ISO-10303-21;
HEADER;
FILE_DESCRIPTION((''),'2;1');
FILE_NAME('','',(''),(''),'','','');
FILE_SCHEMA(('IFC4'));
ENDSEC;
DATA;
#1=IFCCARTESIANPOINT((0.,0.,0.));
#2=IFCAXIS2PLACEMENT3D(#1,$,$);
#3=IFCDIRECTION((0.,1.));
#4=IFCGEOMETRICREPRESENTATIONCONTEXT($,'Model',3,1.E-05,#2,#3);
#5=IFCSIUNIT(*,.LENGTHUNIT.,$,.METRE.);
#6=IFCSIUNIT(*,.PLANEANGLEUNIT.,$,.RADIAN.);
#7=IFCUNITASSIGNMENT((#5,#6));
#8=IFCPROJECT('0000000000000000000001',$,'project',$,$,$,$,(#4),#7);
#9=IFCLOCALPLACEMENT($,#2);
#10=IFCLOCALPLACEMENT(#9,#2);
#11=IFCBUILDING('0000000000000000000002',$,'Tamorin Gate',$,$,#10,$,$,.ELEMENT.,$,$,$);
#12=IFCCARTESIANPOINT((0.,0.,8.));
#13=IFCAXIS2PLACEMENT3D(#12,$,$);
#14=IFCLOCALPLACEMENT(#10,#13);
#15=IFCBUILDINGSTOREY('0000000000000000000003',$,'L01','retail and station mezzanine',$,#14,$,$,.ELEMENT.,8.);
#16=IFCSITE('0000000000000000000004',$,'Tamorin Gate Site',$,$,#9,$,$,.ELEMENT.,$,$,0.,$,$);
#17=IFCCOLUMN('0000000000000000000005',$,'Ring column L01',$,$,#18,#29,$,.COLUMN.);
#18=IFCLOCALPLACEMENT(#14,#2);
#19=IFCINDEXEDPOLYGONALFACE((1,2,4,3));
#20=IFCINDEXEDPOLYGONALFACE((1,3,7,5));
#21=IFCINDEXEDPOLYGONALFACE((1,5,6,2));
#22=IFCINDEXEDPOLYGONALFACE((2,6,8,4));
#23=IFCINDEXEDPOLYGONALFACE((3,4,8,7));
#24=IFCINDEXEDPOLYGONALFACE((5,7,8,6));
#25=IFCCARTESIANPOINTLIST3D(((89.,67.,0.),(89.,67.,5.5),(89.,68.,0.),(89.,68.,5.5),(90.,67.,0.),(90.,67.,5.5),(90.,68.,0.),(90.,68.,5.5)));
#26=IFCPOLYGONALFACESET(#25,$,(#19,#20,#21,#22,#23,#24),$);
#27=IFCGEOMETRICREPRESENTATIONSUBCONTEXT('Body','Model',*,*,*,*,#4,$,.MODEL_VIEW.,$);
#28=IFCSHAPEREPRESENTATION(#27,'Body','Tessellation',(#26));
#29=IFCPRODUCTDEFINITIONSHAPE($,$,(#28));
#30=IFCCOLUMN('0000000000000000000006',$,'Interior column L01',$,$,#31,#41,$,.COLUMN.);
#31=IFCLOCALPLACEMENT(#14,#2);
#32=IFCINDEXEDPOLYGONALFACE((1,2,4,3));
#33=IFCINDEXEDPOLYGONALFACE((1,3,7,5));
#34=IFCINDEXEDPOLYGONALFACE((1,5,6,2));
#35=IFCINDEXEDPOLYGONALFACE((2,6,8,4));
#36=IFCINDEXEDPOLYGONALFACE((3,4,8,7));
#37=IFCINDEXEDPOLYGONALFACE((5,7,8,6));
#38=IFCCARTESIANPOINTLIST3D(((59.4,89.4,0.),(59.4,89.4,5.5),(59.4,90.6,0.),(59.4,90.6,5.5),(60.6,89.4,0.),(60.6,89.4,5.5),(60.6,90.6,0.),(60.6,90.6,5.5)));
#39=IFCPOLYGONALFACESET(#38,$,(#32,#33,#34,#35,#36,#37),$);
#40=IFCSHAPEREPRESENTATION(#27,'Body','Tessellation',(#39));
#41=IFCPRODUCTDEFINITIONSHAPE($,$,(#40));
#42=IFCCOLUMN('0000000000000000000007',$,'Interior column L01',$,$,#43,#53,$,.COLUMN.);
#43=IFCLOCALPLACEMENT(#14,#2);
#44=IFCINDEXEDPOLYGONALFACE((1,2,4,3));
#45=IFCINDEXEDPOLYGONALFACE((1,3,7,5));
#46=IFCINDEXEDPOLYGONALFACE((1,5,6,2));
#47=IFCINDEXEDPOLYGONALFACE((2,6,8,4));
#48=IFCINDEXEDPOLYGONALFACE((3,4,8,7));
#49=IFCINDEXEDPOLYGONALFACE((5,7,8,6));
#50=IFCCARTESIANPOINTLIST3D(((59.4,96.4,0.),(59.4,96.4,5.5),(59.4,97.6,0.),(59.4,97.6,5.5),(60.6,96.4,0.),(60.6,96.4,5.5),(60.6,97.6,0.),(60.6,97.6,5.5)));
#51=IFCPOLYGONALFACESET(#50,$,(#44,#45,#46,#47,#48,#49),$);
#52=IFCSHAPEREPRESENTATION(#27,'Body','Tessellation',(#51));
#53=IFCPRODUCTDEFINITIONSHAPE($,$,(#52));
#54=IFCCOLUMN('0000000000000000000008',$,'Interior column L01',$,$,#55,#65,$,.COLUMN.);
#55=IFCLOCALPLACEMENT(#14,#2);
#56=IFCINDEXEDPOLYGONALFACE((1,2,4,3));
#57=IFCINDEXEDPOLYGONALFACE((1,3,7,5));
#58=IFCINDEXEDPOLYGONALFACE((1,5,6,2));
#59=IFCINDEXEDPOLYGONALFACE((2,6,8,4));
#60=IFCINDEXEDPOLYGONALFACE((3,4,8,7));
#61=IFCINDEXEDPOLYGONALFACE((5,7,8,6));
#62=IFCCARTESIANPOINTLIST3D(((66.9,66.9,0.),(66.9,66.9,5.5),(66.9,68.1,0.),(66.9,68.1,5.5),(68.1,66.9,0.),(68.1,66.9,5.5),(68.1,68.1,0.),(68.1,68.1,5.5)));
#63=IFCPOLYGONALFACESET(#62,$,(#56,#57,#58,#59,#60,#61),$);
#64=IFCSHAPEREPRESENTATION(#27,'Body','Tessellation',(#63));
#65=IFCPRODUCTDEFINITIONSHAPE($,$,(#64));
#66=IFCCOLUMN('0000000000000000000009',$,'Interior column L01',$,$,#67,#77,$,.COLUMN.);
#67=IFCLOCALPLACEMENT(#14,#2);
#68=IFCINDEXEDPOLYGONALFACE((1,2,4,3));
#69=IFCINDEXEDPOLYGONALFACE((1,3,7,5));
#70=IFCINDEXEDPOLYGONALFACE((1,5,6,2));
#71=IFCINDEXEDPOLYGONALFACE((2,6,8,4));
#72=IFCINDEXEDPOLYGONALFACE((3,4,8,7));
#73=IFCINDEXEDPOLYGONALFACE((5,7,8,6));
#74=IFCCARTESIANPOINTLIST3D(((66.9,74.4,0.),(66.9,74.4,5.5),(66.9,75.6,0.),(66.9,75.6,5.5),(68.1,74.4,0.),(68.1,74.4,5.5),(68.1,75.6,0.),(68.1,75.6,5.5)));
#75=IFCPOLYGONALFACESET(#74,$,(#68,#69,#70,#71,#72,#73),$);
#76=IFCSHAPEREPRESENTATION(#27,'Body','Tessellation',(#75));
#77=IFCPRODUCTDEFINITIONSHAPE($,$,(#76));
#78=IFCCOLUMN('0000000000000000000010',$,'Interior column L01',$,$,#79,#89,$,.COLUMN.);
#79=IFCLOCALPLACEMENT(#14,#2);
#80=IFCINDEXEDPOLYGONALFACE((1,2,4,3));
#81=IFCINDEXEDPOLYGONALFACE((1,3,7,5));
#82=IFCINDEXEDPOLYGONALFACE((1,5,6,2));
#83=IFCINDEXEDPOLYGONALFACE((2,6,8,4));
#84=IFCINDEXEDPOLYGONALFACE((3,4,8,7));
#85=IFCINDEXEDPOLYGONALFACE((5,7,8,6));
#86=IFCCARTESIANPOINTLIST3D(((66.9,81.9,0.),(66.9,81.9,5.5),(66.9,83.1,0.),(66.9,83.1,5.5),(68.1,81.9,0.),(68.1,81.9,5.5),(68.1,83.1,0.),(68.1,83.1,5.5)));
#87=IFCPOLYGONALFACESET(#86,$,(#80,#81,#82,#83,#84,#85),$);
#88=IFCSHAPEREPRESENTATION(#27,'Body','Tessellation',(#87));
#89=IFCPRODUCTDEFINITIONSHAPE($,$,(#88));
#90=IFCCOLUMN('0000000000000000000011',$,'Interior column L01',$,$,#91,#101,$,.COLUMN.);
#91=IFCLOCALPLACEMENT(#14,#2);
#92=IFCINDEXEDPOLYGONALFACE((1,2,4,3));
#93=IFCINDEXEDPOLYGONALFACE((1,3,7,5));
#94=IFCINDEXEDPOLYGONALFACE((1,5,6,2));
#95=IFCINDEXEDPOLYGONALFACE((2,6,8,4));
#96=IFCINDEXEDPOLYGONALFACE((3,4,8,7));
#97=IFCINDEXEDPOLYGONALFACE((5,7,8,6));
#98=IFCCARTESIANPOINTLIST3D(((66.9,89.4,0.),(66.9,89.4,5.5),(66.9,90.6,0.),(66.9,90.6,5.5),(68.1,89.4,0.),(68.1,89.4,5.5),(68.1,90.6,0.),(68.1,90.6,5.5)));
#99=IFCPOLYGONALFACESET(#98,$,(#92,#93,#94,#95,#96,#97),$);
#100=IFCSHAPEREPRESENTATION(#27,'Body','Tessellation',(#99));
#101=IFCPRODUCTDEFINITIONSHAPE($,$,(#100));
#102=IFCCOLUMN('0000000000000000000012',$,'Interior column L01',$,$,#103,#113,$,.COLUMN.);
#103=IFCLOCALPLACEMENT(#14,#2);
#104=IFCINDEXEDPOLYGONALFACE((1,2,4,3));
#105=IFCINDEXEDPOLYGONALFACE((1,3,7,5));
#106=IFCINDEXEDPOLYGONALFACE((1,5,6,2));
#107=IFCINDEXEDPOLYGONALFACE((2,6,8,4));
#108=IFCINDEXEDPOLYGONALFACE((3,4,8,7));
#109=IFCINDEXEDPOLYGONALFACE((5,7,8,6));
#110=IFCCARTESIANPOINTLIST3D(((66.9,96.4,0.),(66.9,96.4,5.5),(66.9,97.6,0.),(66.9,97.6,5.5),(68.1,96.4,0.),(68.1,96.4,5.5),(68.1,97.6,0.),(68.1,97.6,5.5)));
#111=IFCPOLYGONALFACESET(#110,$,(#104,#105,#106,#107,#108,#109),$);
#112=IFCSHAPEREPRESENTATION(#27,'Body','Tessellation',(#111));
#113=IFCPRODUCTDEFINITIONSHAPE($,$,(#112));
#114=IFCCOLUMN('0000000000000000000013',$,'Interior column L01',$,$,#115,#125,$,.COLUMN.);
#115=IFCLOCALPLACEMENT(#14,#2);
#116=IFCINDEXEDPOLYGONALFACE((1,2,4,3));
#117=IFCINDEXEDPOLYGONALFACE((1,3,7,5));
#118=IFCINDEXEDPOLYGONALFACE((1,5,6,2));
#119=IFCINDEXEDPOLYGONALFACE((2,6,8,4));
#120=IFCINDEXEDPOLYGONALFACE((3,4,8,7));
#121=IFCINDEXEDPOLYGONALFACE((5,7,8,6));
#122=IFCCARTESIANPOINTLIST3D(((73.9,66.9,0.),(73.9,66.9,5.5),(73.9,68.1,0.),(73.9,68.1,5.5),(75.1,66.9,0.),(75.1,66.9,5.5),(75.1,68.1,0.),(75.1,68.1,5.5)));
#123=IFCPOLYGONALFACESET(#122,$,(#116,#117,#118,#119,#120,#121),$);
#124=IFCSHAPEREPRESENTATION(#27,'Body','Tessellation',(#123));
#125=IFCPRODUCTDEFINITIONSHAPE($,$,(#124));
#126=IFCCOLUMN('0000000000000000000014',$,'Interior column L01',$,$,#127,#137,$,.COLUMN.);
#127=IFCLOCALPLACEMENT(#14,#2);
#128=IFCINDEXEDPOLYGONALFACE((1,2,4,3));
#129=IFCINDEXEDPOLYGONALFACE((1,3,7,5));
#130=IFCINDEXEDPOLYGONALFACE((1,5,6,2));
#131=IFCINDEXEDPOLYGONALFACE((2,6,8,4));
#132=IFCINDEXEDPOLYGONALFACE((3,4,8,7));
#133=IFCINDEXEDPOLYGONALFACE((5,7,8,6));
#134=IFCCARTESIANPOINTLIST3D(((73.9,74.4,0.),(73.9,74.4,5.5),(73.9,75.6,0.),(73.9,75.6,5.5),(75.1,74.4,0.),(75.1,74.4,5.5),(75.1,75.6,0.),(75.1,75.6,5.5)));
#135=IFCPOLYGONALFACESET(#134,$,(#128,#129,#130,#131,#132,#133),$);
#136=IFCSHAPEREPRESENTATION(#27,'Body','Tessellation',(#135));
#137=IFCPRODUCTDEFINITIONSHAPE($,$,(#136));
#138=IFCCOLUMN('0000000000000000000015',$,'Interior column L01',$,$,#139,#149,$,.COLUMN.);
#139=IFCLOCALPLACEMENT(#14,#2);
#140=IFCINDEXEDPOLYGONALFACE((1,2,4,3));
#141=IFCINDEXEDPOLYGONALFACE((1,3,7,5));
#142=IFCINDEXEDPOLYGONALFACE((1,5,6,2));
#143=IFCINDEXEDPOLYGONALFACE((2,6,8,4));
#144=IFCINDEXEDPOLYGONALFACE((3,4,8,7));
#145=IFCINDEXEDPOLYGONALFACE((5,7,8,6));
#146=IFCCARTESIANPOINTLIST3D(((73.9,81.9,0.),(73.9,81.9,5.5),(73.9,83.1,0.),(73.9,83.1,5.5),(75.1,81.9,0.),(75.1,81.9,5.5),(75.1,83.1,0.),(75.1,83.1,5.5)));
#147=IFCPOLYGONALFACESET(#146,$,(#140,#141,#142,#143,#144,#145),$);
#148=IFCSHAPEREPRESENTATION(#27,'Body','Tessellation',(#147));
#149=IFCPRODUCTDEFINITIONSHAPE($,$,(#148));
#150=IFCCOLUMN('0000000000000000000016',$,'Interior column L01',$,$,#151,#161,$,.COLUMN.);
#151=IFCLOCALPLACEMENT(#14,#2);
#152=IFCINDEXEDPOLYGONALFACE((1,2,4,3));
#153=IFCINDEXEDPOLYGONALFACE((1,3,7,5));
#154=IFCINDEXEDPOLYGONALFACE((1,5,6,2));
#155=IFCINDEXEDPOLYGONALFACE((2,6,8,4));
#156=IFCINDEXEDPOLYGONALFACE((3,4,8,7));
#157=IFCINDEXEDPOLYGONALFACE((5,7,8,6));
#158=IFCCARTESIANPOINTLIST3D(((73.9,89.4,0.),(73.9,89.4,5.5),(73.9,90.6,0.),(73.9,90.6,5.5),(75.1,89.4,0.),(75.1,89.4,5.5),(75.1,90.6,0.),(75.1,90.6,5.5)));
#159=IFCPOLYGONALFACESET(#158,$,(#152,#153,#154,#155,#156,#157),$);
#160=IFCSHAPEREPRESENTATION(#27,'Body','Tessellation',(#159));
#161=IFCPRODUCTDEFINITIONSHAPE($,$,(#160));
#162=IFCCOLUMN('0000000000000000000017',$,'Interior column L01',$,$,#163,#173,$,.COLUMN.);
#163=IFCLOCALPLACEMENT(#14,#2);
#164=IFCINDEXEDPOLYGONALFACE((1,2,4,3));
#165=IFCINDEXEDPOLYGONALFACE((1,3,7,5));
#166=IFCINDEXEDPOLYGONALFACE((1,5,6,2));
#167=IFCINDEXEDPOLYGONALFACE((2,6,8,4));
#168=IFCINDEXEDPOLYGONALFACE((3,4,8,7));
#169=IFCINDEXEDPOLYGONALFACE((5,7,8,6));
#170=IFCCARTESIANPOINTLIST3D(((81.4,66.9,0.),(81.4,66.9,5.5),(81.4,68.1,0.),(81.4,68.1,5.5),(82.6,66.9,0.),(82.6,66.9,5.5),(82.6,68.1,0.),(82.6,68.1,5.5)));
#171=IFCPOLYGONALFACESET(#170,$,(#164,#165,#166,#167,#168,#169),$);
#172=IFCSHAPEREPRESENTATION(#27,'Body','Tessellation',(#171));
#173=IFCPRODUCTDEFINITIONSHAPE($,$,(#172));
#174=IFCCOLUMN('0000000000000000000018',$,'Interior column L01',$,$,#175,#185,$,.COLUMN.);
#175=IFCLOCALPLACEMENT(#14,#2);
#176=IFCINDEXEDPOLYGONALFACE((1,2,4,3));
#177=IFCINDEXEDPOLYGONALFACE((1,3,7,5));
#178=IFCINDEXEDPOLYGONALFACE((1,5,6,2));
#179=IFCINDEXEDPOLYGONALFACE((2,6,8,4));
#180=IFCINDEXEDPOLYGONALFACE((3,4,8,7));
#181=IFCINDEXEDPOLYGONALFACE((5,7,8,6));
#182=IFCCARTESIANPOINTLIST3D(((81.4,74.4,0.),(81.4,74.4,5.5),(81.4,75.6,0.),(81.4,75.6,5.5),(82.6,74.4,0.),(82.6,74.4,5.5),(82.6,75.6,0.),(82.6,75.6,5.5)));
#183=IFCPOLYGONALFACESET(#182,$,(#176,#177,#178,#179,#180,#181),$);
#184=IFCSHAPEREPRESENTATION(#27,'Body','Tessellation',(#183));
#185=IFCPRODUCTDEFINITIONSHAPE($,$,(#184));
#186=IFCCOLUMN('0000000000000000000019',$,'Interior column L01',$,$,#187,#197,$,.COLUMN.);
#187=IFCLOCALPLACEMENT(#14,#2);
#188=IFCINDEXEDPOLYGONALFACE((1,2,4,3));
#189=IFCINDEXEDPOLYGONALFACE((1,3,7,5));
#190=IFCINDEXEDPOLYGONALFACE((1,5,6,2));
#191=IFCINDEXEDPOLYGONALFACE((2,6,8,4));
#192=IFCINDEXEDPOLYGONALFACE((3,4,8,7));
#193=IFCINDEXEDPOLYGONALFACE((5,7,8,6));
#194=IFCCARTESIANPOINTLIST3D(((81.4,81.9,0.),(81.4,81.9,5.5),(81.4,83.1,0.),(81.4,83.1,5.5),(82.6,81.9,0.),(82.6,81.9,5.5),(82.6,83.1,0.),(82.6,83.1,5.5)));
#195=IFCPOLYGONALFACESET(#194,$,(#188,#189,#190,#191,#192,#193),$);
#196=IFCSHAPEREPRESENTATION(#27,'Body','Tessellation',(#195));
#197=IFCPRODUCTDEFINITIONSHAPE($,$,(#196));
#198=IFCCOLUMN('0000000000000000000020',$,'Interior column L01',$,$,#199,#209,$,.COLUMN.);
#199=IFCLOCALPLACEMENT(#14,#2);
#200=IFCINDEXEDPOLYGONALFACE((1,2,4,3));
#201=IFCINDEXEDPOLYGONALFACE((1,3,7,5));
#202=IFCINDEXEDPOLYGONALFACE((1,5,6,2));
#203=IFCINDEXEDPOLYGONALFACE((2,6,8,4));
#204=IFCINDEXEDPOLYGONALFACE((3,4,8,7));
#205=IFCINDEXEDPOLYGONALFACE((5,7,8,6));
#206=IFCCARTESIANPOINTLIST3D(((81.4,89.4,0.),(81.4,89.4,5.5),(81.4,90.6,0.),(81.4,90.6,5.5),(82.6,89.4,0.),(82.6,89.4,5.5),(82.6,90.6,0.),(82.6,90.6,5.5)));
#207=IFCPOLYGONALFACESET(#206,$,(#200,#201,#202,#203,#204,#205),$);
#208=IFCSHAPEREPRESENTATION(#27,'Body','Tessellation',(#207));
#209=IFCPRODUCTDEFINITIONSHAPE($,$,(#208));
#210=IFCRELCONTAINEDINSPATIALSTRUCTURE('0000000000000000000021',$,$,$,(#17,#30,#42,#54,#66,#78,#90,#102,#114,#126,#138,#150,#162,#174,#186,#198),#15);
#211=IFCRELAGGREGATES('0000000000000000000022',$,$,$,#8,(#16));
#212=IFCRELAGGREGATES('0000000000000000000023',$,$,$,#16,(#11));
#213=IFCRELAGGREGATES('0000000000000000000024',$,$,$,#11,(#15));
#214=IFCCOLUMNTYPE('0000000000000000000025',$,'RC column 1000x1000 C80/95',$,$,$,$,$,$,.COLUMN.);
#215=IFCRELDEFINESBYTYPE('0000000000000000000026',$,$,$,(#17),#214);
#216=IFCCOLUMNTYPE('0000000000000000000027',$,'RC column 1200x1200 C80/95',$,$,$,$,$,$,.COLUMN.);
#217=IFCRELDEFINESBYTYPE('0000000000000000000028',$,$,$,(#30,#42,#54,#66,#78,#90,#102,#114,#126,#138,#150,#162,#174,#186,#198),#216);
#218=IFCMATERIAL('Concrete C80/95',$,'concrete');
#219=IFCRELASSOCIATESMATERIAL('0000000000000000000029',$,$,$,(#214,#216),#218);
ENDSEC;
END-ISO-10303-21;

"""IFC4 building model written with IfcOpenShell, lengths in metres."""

from ifc_helpers import new_model, si_unit, direction, frame, origin, origin_2d, place, context, subcontext, project, spatial, rectangle, extrude, material, material_profile, profile_set, type_object, element, save


model = new_model("IFC4")

# Units and contexts
model_context = context("Model", 3, precision=1e-05, world=origin(), true_north=direction((0.0, 1.0)))
body_context = subcontext(model_context, "Body", "Model", "MODEL_VIEW")
ifc_project = project(units=[si_unit("LENGTHUNIT", "METRE"), si_unit("PLANEANGLEUNIT", "RADIAN")], contexts=[model_context])

# Site, building, storey
site_placement = place(None, origin())
site = spatial("IfcSite", under=ifc_project, at=site_placement, Name="Tamorin Gate Site", CompositionType="ELEMENT", RefElevation=0.0)
building_placement = place(site_placement, origin())
building = spatial("IfcBuilding", under=site, at=building_placement, Name="Tamorin Gate", CompositionType="ELEMENT")
storey_placement = place(building_placement, frame((0.0, 0.0, 8.0)))
storey = spatial("IfcBuildingStorey", under=building, at=storey_placement, Name="L01", Description="retail and station mezzanine", CompositionType="ELEMENT", Elevation=8.0)

# Columns
ifc_material_1 = material(Name="Concrete C80/95", Category="concrete")
ifc_material_profile_1 = material_profile(ifc_material_1, rectangle(XDim=1.0, YDim=1.0, at=origin_2d()), Name="RC 1000x1000")
ifc_profile_set_1 = profile_set([ifc_material_profile_1], Name="Concrete C80/95")
column_type_1 = type_object("IfcColumnType", Name="RC column 1000x1000 C80/95", PredefinedType="COLUMN", material=ifc_profile_set_1)
column_placement = place(storey_placement, frame((89.5, 67.5, 0.0), z_axis=(0.0, 0.0, 1.0), x_axis=(1.0, 0.0, 0.0)))
element("IfcColumn", 1, at=column_placement, inside=storey, type_object=column_type_1, Name="Ring column L01", PredefinedType="COLUMN", context=body_context, shape_type="SweptSolid", body=[
    extrude(rectangle(XDim=1.0, YDim=1.0, at=origin_2d()), origin(), (0.0, 0.0, 1.0), 5.5),
])
ifc_material_profile_2 = material_profile(ifc_material_1, rectangle(XDim=1.2, YDim=1.2, at=origin_2d()), Name="RC 1200x1200")
ifc_profile_set_2 = profile_set([ifc_material_profile_2], Name="Concrete C80/95")
column_type_2 = type_object("IfcColumnType", Name="RC column 1200x1200 C80/95", PredefinedType="COLUMN", material=ifc_profile_set_2)
for number, where, z_axis, x_axis, name in (
    (2, (60.0, 90.0, 0.0), (0.0, 0.0, 1.0), (1.0, 0.0, 0.0), "Interior column L01"),
    (3, (60.0, 97.0, 0.0), (0.0, 0.0, 1.0), (1.0, 0.0, 0.0), "Interior column L01"),
    (4, (67.5, 67.5, 0.0), (0.0, 0.0, 1.0), (1.0, 0.0, 0.0), "Interior column L01"),
    (5, (67.5, 75.0, 0.0), (0.0, 0.0, 1.0), (1.0, 0.0, 0.0), "Interior column L01"),
    (6, (67.5, 82.5, 0.0), (0.0, 0.0, 1.0), (1.0, 0.0, 0.0), "Interior column L01"),
    (7, (67.5, 90.0, 0.0), (0.0, 0.0, 1.0), (1.0, 0.0, 0.0), "Interior column L01"),
    (8, (67.5, 97.0, 0.0), (0.0, 0.0, 1.0), (1.0, 0.0, 0.0), "Interior column L01"),
    (9, (74.5, 67.5, 0.0), (0.0, 0.0, 1.0), (1.0, 0.0, 0.0), "Interior column L01"),
    (10, (74.5, 75.0, 0.0), (0.0, 0.0, 1.0), (1.0, 0.0, 0.0), "Interior column L01"),
    (11, (74.5, 82.5, 0.0), (0.0, 0.0, 1.0), (1.0, 0.0, 0.0), "Interior column L01"),
    (12, (74.5, 90.0, 0.0), (0.0, 0.0, 1.0), (1.0, 0.0, 0.0), "Interior column L01"),
    (13, (82.0, 67.5, 0.0), (0.0, 0.0, 1.0), (1.0, 0.0, 0.0), "Interior column L01"),
    (14, (82.0, 75.0, 0.0), (0.0, 0.0, 1.0), (1.0, 0.0, 0.0), "Interior column L01"),
    (15, (82.0, 82.5, 0.0), (0.0, 0.0, 1.0), (1.0, 0.0, 0.0), "Interior column L01"),
    (16, (82.0, 90.0, 0.0), (0.0, 0.0, 1.0), (1.0, 0.0, 0.0), "Interior column L01"),
):
    element("IfcColumn", number, at=place(storey_placement, frame(where, z_axis=z_axis, x_axis=x_axis)), inside=storey, type_object=column_type_2, Name=name, PredefinedType="COLUMN", context=body_context, shape_type="SweptSolid", body=[
        extrude(rectangle(XDim=1.2, YDim=1.2, at=origin_2d()), origin(), (0.0, 0.0, 1.0), 5.5),
    ])

save(model, "model.ifc")
